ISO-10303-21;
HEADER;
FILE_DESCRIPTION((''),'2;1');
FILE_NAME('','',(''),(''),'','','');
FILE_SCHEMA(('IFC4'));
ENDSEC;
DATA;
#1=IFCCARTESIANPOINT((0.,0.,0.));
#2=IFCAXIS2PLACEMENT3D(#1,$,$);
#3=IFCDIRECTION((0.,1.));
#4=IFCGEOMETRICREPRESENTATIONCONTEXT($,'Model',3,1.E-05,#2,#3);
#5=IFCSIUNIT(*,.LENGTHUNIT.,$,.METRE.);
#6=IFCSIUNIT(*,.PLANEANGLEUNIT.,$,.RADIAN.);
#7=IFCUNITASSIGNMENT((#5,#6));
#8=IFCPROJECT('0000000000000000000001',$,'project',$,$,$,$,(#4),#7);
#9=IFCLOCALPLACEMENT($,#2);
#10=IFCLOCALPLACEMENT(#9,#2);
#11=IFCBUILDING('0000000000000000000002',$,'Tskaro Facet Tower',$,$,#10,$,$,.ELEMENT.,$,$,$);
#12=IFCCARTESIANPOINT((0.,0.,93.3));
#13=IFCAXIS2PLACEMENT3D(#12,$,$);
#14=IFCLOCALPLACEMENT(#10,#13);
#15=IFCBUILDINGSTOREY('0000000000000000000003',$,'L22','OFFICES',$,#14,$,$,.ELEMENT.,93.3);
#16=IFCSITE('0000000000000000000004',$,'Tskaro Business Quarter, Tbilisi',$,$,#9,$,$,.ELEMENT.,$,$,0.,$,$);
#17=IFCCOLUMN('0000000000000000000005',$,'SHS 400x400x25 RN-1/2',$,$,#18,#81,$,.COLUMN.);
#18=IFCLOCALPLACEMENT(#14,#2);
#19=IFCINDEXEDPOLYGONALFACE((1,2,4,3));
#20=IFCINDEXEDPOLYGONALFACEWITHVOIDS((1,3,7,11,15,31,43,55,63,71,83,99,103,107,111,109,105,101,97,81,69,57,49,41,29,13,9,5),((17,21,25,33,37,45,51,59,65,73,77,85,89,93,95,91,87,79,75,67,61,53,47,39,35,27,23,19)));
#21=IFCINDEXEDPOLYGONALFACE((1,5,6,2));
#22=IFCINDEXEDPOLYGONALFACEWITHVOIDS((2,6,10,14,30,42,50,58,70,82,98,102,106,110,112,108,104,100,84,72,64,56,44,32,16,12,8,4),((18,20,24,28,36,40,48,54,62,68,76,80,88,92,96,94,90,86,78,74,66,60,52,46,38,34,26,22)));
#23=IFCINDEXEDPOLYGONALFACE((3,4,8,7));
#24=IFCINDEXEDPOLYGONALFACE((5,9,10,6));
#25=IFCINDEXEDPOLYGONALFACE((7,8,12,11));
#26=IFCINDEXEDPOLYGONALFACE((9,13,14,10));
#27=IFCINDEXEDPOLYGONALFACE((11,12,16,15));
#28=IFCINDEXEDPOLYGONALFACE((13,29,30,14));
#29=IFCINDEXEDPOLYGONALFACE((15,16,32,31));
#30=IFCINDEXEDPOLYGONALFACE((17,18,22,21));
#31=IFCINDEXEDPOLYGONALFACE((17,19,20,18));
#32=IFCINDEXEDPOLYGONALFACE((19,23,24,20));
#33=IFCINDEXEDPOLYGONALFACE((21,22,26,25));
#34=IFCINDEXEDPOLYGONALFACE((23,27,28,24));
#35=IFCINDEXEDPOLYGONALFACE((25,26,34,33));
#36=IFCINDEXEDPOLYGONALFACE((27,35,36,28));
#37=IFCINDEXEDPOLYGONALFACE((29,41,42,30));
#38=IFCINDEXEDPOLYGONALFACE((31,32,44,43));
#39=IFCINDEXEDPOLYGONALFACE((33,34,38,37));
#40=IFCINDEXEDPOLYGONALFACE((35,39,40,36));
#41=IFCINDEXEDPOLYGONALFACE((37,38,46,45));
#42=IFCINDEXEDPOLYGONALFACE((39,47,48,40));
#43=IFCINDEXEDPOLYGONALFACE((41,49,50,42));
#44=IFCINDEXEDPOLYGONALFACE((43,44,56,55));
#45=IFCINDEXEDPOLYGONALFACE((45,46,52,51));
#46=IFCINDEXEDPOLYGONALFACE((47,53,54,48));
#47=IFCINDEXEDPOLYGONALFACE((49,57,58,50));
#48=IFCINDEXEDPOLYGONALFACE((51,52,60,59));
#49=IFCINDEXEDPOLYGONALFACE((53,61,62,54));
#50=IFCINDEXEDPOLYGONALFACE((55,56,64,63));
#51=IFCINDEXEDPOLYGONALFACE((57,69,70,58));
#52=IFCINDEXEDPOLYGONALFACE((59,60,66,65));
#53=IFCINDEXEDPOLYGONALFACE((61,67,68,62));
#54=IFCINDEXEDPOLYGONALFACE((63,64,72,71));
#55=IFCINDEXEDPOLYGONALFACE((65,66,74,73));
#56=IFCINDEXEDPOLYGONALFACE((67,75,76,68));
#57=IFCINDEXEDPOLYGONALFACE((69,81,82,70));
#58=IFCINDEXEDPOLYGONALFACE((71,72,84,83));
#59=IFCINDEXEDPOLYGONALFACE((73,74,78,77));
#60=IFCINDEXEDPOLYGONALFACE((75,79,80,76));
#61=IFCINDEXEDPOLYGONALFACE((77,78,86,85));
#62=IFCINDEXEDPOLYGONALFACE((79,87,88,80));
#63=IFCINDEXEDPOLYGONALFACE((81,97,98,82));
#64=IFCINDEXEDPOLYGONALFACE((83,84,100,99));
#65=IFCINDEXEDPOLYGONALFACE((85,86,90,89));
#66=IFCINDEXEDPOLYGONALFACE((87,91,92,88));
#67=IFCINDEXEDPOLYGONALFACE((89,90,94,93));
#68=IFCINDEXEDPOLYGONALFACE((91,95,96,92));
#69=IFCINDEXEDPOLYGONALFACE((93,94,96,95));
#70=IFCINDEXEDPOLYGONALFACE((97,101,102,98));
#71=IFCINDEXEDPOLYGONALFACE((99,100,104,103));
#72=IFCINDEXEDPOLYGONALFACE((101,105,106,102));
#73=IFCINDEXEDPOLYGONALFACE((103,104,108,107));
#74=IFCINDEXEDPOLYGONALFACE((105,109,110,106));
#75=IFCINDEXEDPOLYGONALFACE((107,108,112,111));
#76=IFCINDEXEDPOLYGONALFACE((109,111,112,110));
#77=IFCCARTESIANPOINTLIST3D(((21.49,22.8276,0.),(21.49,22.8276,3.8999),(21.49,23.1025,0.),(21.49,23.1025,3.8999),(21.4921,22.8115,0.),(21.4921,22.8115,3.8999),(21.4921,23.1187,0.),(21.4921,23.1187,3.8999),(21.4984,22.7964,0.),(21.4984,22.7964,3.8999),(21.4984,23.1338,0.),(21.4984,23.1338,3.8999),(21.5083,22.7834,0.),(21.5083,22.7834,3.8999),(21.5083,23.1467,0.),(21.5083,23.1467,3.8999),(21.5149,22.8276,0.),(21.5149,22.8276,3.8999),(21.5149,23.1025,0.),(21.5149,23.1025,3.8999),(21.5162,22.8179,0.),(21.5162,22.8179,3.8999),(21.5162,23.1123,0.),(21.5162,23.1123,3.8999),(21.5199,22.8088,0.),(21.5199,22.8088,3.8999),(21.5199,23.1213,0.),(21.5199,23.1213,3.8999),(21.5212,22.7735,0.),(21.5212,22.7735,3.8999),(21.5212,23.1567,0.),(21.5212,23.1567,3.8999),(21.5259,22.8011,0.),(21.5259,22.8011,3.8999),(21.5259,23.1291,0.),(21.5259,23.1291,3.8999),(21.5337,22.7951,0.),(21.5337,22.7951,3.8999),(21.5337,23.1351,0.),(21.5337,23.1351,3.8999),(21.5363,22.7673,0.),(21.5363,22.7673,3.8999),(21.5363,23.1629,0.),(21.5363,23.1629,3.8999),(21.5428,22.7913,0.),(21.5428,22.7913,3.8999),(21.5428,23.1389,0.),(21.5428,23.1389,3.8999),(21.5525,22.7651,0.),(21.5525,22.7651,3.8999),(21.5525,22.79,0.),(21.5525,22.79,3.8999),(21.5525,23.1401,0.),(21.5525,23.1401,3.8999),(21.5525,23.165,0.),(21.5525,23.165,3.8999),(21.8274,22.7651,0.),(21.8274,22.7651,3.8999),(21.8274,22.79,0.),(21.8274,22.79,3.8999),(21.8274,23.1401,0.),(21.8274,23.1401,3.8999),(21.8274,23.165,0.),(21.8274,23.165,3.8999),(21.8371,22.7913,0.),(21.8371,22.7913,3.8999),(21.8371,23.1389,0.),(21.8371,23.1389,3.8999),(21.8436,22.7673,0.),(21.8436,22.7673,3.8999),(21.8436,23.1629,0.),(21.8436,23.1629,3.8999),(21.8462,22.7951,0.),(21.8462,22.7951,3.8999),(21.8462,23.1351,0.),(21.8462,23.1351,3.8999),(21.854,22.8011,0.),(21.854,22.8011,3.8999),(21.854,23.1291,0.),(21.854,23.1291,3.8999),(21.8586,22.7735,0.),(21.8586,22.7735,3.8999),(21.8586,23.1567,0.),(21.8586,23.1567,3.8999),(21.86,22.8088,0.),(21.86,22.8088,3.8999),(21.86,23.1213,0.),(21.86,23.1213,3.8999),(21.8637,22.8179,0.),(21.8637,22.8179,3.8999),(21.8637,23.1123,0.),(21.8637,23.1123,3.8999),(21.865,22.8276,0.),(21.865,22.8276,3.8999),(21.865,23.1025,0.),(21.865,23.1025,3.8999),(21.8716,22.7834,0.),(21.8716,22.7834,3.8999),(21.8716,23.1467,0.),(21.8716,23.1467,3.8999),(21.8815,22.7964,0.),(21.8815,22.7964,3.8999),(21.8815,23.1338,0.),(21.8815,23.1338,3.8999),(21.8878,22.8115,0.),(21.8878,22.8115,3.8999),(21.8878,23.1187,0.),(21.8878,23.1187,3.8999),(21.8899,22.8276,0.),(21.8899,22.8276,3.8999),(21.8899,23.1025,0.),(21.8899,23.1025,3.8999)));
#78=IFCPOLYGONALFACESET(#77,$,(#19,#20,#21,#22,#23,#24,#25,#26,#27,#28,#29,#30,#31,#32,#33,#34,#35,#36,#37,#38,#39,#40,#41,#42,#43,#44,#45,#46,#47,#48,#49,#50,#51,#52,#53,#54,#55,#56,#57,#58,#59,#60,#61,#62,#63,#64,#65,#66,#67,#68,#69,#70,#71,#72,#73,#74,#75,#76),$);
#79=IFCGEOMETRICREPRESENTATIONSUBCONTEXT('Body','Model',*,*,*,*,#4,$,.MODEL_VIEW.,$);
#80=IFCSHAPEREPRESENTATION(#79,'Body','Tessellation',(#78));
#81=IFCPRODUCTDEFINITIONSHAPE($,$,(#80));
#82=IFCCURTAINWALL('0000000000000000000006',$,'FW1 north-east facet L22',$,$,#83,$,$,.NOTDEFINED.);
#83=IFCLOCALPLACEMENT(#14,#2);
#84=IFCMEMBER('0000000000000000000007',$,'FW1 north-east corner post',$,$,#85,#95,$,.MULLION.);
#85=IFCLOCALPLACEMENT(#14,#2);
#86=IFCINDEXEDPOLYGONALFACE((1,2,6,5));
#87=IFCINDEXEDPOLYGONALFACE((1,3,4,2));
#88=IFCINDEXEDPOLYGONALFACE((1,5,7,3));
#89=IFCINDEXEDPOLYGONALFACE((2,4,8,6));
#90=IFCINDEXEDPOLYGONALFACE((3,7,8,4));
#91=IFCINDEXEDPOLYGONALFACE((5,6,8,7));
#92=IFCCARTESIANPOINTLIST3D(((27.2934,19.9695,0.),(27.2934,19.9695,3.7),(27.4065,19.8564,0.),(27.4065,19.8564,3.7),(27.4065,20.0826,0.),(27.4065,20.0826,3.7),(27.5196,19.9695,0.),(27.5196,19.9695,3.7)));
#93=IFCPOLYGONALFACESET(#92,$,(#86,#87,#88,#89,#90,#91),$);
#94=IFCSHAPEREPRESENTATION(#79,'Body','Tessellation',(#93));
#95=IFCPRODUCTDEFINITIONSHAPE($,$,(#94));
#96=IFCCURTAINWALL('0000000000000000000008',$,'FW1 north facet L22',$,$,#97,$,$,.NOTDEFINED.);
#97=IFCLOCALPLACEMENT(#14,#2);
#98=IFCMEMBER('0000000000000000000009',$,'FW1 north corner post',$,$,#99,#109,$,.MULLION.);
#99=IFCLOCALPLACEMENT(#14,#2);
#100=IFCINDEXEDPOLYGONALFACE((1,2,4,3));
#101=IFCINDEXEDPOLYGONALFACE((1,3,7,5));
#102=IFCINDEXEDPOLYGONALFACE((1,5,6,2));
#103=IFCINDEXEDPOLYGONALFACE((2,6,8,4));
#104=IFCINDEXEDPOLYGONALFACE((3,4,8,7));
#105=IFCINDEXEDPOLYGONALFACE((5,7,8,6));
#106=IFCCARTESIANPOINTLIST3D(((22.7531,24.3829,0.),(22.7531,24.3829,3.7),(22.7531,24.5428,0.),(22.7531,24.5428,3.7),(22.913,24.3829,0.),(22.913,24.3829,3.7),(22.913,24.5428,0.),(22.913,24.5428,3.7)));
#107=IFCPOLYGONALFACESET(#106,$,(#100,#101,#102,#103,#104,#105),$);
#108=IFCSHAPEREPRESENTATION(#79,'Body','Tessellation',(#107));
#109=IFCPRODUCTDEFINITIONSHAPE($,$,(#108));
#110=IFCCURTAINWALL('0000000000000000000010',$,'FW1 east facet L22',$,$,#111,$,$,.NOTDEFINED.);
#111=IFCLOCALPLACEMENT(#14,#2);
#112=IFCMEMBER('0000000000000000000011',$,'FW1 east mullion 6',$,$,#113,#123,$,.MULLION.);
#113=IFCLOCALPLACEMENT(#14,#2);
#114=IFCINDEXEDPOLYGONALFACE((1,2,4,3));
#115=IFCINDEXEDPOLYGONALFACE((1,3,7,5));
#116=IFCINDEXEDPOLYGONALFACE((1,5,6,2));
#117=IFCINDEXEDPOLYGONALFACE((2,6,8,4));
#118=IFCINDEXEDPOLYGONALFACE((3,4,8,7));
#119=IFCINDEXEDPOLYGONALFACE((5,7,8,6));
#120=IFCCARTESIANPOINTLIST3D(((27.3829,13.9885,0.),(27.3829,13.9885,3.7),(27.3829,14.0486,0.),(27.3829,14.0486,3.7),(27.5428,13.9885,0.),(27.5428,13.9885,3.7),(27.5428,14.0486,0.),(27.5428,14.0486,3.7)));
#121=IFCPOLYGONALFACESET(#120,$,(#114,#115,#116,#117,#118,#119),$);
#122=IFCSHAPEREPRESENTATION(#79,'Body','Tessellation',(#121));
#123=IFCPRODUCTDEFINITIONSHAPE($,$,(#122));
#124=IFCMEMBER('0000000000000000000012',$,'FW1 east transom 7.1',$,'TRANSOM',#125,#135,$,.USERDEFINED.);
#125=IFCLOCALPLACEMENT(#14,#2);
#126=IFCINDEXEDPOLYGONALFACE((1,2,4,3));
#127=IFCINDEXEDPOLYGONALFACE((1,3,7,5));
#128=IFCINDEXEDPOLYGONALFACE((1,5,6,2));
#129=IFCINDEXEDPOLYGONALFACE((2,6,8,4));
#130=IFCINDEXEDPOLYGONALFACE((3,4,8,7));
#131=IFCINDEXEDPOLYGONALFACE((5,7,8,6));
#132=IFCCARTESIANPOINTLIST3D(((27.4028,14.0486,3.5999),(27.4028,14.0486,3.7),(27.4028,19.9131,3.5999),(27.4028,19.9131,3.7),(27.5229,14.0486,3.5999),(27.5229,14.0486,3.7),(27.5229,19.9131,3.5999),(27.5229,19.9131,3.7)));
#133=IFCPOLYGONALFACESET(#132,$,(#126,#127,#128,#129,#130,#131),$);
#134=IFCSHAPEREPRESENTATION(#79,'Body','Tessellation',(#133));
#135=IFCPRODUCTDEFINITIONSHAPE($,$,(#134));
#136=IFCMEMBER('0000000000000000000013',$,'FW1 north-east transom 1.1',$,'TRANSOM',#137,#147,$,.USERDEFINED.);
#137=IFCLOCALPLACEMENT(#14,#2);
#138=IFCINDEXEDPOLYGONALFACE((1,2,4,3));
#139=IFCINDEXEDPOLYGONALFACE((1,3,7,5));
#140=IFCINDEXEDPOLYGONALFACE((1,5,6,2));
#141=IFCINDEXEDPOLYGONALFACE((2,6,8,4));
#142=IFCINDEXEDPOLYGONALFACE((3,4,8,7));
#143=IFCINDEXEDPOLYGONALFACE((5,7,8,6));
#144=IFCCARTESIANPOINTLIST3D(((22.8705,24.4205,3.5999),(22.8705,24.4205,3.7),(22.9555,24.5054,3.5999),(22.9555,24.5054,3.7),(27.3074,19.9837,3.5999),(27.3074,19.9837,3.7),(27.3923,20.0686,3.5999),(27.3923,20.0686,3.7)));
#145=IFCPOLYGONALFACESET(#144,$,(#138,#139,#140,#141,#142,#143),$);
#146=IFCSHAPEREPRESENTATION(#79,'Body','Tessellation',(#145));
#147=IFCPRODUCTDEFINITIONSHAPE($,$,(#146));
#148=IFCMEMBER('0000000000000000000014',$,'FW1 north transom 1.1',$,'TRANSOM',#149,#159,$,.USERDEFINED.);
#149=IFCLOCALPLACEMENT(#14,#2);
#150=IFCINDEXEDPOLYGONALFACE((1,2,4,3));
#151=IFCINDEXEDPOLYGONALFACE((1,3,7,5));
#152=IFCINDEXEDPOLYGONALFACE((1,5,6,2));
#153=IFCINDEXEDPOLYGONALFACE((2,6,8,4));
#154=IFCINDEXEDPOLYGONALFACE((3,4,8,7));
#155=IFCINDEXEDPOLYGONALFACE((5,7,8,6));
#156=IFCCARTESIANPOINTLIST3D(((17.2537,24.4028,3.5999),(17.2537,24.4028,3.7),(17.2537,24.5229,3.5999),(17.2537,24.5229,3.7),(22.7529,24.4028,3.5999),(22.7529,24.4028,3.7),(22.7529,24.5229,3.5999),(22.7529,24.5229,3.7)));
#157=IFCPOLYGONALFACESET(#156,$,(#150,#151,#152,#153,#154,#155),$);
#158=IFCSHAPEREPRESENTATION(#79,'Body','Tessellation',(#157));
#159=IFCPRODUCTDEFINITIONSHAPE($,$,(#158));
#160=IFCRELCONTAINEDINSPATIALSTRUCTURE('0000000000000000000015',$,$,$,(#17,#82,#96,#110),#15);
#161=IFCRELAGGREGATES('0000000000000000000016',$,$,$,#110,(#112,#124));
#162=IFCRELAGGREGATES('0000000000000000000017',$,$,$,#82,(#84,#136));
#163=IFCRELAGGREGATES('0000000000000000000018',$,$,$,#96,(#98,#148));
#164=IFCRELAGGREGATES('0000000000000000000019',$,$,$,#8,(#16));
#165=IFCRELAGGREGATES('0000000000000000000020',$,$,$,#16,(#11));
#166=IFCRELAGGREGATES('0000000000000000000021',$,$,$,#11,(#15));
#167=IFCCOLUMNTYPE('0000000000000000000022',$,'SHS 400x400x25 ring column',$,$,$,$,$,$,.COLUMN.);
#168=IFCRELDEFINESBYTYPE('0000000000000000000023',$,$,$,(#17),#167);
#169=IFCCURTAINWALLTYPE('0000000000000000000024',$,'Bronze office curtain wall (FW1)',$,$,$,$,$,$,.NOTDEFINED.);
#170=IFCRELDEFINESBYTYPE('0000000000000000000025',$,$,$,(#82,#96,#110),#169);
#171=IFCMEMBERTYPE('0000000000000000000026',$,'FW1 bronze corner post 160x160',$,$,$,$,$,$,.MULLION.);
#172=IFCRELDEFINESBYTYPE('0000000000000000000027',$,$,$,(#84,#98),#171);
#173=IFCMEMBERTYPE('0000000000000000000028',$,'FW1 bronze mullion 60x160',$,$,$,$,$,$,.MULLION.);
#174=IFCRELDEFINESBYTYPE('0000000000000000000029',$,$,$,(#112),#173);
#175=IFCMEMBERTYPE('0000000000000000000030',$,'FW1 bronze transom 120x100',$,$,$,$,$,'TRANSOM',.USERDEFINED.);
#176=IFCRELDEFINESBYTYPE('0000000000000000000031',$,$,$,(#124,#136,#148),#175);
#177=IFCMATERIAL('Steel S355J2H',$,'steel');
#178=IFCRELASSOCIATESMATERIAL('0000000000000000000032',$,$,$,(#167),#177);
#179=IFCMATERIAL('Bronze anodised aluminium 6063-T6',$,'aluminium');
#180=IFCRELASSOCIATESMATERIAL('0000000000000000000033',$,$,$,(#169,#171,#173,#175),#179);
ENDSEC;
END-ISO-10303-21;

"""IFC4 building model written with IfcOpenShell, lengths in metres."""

from ifc_helpers import new_model, si_unit, direction, frame, origin, origin_2d, place, context, subcontext, project, spatial, rectangle, hollow_rectangle, extrude, material, material_profile, profile_set, type_object, element, aggregate, save


model = new_model("IFC4")

# Units and contexts
model_context = context("Model", 3, precision=1e-05, world=origin(), true_north=direction((0.0, 1.0)))
body_context = subcontext(model_context, "Body", "Model", "MODEL_VIEW")
ifc_project = project(units=[si_unit("LENGTHUNIT", "METRE"), si_unit("PLANEANGLEUNIT", "RADIAN")], contexts=[model_context])

# Site, building, storey
site_placement = place(None, origin())
site = spatial("IfcSite", under=ifc_project, at=site_placement, Name="Tskaro Business Quarter, Tbilisi", CompositionType="ELEMENT", RefElevation=0.0)
building_placement = place(site_placement, origin())
building = spatial("IfcBuilding", under=site, at=building_placement, Name="Tskaro Facet Tower", CompositionType="ELEMENT")
storey_placement = place(building_placement, frame((0.0, 0.0, 93.3)))
storey = spatial("IfcBuildingStorey", under=building, at=storey_placement, Name="L22", Description="OFFICES", CompositionType="ELEMENT", Elevation=93.3)

# Column
ifc_material_1 = material(Name="Steel S355J2H", Category="steel")
ifc_material_profile_1 = material_profile(ifc_material_1, hollow_rectangle(XDim=0.3999, YDim=0.3999, WallThickness=0.0249, InnerFilletRadius=0.0376, OuterFilletRadius=0.0625, at=origin_2d()), Name="SHS 400x400x25")
ifc_profile_set_1 = profile_set([ifc_material_profile_1], Name="Steel S355J2H")
column_type_1 = type_object("IfcColumnType", Name="SHS 400x400x25 ring column", PredefinedType="COLUMN", material=ifc_profile_set_1)
for number, where, z_axis, x_axis, name in (
    (1, (21.6899, 22.9651, 0.0), (0.0, 0.0, 1.0), (1.0, 0.0, 0.0), "SHS 400x400x25 RN-1/2"),
):
    element("IfcColumn", number, at=place(storey_placement, frame(where, z_axis=z_axis, x_axis=x_axis)), inside=storey, type_object=column_type_1, Name=name, PredefinedType="COLUMN", context=body_context, shape_type="SweptSolid", body=[
        extrude(hollow_rectangle(XDim=0.3999, YDim=0.3999, WallThickness=0.0249, InnerFilletRadius=0.0376, OuterFilletRadius=0.0625, at=origin_2d()), origin(), (0.0, 0.0, 1.0), 3.8999),
    ])

# Curtain walls, members
ifc_material_2 = material(Name="Bronze anodised aluminium 6063-T6", Category="aluminium")
curtain_wall_type = type_object("IfcCurtainWallType", Name="Bronze office curtain wall (FW1)", PredefinedType="NOTDEFINED", material=ifc_material_2)
curtain_wall_1_placement = place(storey_placement, origin())
curtain_wall_1 = element("IfcCurtainWall", 2, at=curtain_wall_1_placement, inside=storey, type_object=curtain_wall_type, Name="FW1 north-east facet L22", PredefinedType="NOTDEFINED")
ifc_material_profile_2 = material_profile(ifc_material_2, rectangle(XDim=0.1599, YDim=0.1599, at=origin_2d()), Name="Corner post 160x160")
ifc_profile_set_2 = profile_set([ifc_material_profile_2], Name="Bronze anodised aluminium 6063-T6")
member_type_1 = type_object("IfcMemberType", Name="FW1 bronze corner post 160x160", PredefinedType="MULLION", material=ifc_profile_set_2)
member_1_placement = place(storey_placement, frame((27.4065, 19.9695, 0.0), z_axis=(0.0, 0.0, 1.0), x_axis=(-0.707107, 0.707107, 0.0)))
member_1 = element("IfcMember", 3, at=member_1_placement, type_object=member_type_1, Name="FW1 north-east corner post", PredefinedType="MULLION", context=body_context, shape_type="SweptSolid", body=[
    extrude(rectangle(XDim=0.1599, YDim=0.1599, at=origin_2d()), origin(), (0.0, 0.0, 1.0), 3.7),
])
curtain_wall_2_placement = place(storey_placement, origin())
curtain_wall_2 = element("IfcCurtainWall", 4, at=curtain_wall_2_placement, inside=storey, type_object=curtain_wall_type, Name="FW1 north facet L22", PredefinedType="NOTDEFINED")
member_2_placement = place(storey_placement, frame((22.833, 24.4629, 0.0), z_axis=(0.0, 0.0, 1.0), x_axis=(-1.0, 0.0, 0.0)))
member_2 = element("IfcMember", 5, at=member_2_placement, type_object=member_type_1, Name="FW1 north corner post", PredefinedType="MULLION", context=body_context, shape_type="SweptSolid", body=[
    extrude(rectangle(XDim=0.1599, YDim=0.1599, at=origin_2d()), origin(), (0.0, 0.0, 1.0), 3.7),
])

# Curtain wall, members
curtain_wall_3_placement = place(storey_placement, origin())
curtain_wall_3 = element("IfcCurtainWall", 6, at=curtain_wall_3_placement, inside=storey, type_object=curtain_wall_type, Name="FW1 east facet L22", PredefinedType="NOTDEFINED")
ifc_material_profile_3 = material_profile(ifc_material_2, rectangle(XDim=0.0601, YDim=0.1599, at=origin_2d()), Name="Mullion 60x160")
ifc_profile_set_3 = profile_set([ifc_material_profile_3], Name="Bronze anodised aluminium 6063-T6")
member_type_2 = type_object("IfcMemberType", Name="FW1 bronze mullion 60x160", PredefinedType="MULLION", material=ifc_profile_set_3)
member_3_placement = place(storey_placement, frame((27.4629, 14.0186, 0.0), z_axis=(0.0, 0.0, 1.0), x_axis=(0.0, 1.0, 0.0)))
member_3 = element("IfcMember", 7, at=member_3_placement, type_object=member_type_2, Name="FW1 east mullion 6", PredefinedType="MULLION", context=body_context, shape_type="SweptSolid", body=[
    extrude(rectangle(XDim=0.0601, YDim=0.1599, at=origin_2d()), origin(), (0.0, 0.0, 1.0), 3.7),
])
ifc_material_profile_4 = material_profile(ifc_material_2, rectangle(XDim=0.1201, YDim=0.1001, at=origin_2d()), Name="Transom 120x100")
ifc_profile_set_4 = profile_set([ifc_material_profile_4], Name="Bronze anodised aluminium 6063-T6")
member_type_3 = type_object("IfcMemberType", Name="FW1 bronze transom 120x100", ElementType="TRANSOM", PredefinedType="USERDEFINED", material=ifc_profile_set_4)
member_4_placement = place(storey_placement, frame((27.4629, 14.0486, 3.6499), z_axis=(0.0, 1.0, 0.0), x_axis=(-1.0, 0.0, 0.0)))
member_4 = element("IfcMember", 8, at=member_4_placement, type_object=member_type_3, Name="FW1 east transom 7.1", ObjectType="TRANSOM", PredefinedType="USERDEFINED", context=body_context, shape_type="SweptSolid", body=[
    extrude(rectangle(XDim=0.1201, YDim=0.1001, at=origin_2d()), origin(), (0.0, 0.0, 1.0), 5.8645),
])

# Members
member_5_placement = place(storey_placement, frame((27.3499, 20.0261, 3.6499), z_axis=(-0.707107, 0.707107, 0.0), x_axis=(-0.707107, -0.707107, 0.0)))
member_5 = element("IfcMember", 9, at=member_5_placement, type_object=member_type_3, Name="FW1 north-east transom 1.1", ObjectType="TRANSOM", PredefinedType="USERDEFINED", context=body_context, shape_type="SweptSolid", body=[
    extrude(rectangle(XDim=0.1201, YDim=0.1001, at=origin_2d()), origin(), (0.0, 0.0, 1.0), 6.2747),
])
member_6_placement = place(storey_placement, frame((22.7529, 24.4629, 3.6499), z_axis=(-1.0, 0.0, 0.0), x_axis=(0.0, -1.0, 0.0)))
member_6 = element("IfcMember", 10, at=member_6_placement, type_object=member_type_3, Name="FW1 north transom 1.1", ObjectType="TRANSOM", PredefinedType="USERDEFINED", context=body_context, shape_type="SweptSolid", body=[
    extrude(rectangle(XDim=0.1201, YDim=0.1001, at=origin_2d()), origin(), (0.0, 0.0, 1.0), 5.4993),
])

aggregate(curtain_wall_3, [member_3, member_4])
aggregate(curtain_wall_1, [member_1, member_5])
aggregate(curtain_wall_2, [member_2, member_6])

save(model, "model.ifc")
